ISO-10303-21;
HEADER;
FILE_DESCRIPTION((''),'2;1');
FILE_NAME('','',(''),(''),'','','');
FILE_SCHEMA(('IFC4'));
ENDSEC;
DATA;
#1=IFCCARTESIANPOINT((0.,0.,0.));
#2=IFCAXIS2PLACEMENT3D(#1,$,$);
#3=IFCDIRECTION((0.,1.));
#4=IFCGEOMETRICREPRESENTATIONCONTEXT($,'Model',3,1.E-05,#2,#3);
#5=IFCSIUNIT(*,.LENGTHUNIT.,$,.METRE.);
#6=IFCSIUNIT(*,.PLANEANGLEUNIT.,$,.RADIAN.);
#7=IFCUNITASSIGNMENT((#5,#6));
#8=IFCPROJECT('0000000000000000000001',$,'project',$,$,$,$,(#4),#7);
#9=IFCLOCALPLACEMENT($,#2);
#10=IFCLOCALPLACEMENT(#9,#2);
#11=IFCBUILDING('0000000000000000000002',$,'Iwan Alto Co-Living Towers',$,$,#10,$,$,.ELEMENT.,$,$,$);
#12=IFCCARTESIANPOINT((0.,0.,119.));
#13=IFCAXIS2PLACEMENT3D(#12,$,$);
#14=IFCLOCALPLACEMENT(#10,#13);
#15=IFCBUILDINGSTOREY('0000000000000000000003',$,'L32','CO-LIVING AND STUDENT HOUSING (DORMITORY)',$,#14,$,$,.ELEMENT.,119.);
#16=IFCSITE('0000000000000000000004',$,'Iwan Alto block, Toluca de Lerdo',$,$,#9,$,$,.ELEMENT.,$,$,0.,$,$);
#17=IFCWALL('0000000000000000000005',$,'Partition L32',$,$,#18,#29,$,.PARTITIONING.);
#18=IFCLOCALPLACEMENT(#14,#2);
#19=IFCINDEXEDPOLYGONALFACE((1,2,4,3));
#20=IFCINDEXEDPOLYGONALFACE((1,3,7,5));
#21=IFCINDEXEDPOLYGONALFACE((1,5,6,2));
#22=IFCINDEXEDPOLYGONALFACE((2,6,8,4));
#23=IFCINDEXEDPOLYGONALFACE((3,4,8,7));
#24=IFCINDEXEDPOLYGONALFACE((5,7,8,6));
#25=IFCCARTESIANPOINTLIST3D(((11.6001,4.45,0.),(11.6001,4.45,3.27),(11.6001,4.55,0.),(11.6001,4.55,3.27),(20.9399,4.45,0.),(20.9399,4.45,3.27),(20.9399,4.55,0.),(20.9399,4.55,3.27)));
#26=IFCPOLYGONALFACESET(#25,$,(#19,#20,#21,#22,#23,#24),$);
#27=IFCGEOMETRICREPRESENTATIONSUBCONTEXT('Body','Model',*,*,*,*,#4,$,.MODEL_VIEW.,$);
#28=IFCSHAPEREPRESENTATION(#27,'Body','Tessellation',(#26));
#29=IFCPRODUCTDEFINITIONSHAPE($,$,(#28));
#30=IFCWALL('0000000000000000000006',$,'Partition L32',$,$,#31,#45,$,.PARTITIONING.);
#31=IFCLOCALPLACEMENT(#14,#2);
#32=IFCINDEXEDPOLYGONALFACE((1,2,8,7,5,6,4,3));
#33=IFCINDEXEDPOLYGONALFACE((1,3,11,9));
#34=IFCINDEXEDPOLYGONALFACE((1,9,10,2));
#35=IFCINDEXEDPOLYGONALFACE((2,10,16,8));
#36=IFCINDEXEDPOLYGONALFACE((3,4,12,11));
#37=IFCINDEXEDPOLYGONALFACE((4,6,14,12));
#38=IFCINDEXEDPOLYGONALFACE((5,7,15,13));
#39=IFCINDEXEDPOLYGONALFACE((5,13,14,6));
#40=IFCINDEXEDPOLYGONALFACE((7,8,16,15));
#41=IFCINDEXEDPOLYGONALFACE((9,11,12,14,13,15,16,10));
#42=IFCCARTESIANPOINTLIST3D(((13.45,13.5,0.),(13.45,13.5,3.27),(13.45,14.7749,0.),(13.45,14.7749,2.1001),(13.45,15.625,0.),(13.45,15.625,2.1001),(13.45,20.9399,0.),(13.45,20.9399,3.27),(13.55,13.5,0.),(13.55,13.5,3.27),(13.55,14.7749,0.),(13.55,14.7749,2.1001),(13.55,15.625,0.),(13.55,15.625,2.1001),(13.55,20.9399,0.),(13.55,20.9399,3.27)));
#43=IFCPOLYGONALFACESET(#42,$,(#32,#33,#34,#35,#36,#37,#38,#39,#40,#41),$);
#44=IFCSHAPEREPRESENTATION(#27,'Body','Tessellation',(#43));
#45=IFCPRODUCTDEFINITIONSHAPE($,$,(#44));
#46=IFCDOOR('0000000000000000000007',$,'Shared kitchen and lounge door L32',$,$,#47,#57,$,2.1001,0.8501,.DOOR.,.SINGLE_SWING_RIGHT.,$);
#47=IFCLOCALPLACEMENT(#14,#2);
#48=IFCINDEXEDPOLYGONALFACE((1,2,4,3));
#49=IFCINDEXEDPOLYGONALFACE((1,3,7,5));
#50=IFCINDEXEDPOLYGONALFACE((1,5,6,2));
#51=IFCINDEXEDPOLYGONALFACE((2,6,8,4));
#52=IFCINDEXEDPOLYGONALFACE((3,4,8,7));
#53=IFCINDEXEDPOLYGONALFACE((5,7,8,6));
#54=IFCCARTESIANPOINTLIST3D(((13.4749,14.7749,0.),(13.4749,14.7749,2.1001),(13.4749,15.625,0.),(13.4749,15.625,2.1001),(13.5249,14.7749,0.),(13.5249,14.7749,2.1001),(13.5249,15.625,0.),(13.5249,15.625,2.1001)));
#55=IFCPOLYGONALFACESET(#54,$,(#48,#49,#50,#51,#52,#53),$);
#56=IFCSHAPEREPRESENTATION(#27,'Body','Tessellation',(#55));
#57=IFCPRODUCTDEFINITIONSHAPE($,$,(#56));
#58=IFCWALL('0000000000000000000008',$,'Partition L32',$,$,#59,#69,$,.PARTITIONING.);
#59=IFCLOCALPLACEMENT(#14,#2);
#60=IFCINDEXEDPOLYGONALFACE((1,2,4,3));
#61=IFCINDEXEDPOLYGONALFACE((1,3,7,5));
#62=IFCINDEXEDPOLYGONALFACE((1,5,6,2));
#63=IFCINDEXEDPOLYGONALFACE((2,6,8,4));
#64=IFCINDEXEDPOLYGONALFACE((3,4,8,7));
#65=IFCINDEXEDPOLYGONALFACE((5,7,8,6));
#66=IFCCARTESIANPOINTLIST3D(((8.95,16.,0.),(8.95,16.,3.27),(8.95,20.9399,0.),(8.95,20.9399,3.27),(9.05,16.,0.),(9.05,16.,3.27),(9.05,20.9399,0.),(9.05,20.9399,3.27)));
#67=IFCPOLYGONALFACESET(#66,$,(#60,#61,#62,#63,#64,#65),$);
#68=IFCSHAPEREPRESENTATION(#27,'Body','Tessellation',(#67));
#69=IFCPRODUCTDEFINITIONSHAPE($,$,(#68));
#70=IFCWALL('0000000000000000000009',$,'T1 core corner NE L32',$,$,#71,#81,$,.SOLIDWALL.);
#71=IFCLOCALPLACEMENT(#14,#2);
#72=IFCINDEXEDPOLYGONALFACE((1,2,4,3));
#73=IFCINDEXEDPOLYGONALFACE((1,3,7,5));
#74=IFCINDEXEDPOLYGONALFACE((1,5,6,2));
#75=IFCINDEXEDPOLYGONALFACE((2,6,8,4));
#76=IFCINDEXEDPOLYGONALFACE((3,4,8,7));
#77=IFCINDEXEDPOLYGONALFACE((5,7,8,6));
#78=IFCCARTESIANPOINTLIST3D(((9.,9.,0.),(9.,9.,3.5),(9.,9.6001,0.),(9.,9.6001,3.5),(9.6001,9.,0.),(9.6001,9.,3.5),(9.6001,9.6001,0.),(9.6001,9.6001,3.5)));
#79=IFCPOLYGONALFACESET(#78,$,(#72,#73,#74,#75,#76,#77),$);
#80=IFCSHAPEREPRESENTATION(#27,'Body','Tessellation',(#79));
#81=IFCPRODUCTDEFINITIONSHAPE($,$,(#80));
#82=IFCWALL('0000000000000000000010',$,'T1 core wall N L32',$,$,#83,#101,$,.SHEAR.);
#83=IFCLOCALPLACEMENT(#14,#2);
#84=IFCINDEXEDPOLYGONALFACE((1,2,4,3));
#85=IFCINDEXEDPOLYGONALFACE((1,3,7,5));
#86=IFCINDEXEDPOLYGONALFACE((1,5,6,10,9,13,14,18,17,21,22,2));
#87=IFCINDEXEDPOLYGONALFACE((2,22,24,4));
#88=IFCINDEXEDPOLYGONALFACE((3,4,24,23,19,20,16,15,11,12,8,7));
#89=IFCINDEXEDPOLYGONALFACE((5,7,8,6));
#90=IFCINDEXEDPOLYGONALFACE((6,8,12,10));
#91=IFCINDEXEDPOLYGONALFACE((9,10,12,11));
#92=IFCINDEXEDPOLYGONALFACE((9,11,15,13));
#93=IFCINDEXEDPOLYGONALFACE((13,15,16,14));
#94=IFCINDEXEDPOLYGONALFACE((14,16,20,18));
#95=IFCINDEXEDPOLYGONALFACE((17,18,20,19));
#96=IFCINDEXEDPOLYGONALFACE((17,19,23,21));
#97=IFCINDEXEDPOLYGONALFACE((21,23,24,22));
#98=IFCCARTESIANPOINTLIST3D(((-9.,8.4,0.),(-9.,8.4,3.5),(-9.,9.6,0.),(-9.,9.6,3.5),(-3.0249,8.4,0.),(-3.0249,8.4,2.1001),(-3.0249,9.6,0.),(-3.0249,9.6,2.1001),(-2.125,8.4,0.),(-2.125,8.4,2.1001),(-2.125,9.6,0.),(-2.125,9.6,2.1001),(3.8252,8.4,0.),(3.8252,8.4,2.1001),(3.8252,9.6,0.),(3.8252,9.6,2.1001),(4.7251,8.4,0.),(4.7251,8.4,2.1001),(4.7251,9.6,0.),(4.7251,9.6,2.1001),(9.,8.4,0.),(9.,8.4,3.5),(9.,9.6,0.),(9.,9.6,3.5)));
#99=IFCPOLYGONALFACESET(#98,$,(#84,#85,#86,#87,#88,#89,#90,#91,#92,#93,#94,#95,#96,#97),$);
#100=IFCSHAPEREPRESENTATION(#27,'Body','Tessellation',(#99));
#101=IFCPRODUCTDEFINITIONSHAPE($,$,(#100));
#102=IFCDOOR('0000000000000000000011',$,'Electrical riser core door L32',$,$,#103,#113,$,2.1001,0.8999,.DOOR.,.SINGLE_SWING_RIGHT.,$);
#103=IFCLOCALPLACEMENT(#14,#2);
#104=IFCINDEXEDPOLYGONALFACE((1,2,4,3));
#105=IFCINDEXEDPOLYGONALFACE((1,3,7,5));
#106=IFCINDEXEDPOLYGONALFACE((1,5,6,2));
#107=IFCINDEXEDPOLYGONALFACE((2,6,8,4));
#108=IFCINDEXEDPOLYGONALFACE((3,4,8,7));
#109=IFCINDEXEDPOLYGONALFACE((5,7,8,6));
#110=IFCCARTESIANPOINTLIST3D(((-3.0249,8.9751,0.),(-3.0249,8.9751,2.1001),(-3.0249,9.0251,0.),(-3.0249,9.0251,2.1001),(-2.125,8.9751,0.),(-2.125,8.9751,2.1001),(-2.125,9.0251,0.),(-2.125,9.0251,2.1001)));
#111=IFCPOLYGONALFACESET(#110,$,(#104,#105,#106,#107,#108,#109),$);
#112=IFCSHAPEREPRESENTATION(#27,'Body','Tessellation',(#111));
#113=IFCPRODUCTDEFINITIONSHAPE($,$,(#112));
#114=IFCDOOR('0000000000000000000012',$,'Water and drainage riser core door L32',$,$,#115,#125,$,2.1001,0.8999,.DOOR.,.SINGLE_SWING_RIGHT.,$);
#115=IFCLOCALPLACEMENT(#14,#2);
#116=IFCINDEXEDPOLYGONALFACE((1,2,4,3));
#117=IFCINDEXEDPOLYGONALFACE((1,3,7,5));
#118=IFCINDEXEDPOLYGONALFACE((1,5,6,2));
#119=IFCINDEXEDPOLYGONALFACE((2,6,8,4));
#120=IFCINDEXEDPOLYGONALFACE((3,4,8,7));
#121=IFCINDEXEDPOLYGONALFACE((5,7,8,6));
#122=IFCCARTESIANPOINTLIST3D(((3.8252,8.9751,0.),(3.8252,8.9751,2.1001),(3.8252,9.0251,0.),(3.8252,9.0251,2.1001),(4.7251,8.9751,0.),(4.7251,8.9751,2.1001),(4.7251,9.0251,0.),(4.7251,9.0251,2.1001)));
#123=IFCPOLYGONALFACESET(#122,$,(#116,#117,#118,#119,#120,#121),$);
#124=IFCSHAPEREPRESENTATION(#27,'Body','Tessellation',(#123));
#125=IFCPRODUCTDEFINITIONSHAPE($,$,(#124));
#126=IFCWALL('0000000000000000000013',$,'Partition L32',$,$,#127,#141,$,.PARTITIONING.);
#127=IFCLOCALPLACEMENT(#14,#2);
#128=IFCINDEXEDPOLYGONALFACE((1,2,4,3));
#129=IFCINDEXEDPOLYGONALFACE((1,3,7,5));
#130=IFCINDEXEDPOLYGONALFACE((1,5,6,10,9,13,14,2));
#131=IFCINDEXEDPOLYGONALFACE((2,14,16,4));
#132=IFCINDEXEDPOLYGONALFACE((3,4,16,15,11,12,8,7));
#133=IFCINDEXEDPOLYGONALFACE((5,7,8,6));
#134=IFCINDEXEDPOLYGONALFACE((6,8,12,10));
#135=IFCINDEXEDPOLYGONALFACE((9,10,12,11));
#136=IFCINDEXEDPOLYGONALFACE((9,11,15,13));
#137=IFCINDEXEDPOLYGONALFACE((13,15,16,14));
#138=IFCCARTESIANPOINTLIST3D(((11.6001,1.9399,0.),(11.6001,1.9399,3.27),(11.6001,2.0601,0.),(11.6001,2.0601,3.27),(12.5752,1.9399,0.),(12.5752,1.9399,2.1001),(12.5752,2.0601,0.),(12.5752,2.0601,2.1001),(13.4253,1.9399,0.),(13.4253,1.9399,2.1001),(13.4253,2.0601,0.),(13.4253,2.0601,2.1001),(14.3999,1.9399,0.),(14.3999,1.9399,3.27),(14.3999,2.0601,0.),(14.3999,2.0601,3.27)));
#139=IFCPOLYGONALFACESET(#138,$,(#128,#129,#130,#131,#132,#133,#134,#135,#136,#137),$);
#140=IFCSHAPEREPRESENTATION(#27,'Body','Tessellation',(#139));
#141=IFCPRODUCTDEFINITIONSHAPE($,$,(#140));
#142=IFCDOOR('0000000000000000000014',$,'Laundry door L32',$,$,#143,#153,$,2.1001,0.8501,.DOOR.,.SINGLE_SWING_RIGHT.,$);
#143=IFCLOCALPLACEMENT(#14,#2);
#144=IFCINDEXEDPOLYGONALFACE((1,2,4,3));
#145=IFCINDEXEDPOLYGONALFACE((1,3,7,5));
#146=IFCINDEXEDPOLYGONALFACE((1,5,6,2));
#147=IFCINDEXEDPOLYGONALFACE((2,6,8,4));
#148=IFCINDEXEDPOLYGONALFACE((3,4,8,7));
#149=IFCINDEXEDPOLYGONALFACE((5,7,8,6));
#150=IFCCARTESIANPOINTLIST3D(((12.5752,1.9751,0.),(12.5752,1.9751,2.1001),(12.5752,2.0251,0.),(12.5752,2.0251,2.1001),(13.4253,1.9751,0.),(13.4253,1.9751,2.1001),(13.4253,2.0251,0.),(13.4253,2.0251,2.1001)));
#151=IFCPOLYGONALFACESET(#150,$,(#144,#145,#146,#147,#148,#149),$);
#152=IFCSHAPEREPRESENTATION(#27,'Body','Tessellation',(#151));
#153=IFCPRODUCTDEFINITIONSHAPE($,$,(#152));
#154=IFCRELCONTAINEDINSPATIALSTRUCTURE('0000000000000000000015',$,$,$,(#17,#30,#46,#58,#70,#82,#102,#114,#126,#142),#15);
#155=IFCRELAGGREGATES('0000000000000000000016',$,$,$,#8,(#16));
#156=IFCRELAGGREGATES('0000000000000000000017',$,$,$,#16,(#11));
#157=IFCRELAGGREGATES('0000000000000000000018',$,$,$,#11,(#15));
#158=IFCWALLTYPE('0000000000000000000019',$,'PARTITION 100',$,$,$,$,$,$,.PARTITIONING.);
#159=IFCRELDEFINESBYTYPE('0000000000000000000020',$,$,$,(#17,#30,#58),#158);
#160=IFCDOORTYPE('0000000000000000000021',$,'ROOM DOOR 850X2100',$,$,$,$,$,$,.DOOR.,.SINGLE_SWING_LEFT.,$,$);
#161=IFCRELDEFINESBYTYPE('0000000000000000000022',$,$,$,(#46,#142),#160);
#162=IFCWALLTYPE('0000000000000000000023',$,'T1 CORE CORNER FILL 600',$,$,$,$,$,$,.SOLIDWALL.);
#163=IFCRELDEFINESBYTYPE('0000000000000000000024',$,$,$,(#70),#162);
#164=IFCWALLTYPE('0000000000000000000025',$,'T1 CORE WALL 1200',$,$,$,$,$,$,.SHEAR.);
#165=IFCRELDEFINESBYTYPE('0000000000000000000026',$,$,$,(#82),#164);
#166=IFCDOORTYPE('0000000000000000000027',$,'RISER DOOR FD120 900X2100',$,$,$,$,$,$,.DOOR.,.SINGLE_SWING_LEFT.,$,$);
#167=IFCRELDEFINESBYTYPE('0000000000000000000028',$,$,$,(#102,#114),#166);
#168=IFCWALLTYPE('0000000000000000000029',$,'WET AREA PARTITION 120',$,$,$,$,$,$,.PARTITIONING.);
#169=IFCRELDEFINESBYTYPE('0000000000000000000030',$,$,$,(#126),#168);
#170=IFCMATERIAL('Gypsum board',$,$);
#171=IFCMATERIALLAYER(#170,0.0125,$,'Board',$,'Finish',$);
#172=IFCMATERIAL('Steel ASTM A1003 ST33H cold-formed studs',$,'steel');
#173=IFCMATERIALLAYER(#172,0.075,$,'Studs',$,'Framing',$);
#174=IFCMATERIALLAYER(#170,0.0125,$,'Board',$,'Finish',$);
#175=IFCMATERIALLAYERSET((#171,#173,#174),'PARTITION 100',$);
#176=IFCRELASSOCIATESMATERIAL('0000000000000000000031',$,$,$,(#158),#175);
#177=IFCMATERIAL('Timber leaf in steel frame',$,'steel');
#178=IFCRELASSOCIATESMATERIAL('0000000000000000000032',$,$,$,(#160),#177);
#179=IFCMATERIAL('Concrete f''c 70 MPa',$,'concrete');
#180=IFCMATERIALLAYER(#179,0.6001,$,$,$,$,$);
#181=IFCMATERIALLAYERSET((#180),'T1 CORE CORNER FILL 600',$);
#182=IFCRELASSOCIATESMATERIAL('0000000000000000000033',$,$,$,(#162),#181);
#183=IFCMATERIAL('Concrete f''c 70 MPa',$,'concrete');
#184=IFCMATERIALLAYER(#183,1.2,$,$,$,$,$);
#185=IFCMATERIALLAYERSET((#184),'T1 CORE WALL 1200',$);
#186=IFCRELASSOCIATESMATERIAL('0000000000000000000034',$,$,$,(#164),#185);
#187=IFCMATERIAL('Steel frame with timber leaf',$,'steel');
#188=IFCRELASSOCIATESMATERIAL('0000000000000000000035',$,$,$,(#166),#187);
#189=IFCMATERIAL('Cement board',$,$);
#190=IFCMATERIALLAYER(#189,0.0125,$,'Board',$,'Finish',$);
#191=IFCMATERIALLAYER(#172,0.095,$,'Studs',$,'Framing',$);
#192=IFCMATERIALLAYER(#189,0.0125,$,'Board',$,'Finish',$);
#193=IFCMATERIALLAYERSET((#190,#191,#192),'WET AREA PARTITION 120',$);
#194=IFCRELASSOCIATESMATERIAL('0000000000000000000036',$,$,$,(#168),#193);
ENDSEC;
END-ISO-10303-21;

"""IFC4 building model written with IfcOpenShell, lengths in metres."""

from ifc_helpers import new_model, si_unit, direction, frame, frame_2d, origin, place, context, subcontext, project, spatial, rectangle, extrude, material, layer, layer_set, type_object, element, fill, save


model = new_model("IFC4")

# Units and contexts
model_context = context("Model", 3, precision=1e-05, world=origin(), true_north=direction((0.0, 1.0)))
body_context = subcontext(model_context, "Body", "Model", "MODEL_VIEW")
ifc_project = project(units=[si_unit("LENGTHUNIT", "METRE"), si_unit("PLANEANGLEUNIT", "RADIAN")], contexts=[model_context])

# Site, building, storey
site_placement = place(None, origin())
site = spatial("IfcSite", under=ifc_project, at=site_placement, Name="Iwan Alto block, Toluca de Lerdo", CompositionType="ELEMENT", RefElevation=0.0)
building_placement = place(site_placement, origin())
building = spatial("IfcBuilding", under=site, at=building_placement, Name="Iwan Alto Co-Living Towers", CompositionType="ELEMENT")
storey_placement = place(building_placement, frame((0.0, 0.0, 119.0)))
storey = spatial("IfcBuildingStorey", under=building, at=storey_placement, Name="L32", Description="CO-LIVING AND STUDENT HOUSING (DORMITORY)", CompositionType="ELEMENT", Elevation=119.0)

# Shared definitions
ifc_material_1 = material(Name="Gypsum board")
ifc_material_2 = material(Name="Steel ASTM A1003 ST33H cold-formed studs", Category="steel")

# Wall
ifc_layer_1 = layer(ifc_material_1, 0.0125, Name="Board", Category="Finish")
ifc_layer_2 = layer(ifc_material_2, 0.075, Name="Studs", Category="Framing")
ifc_layer_3 = layer(ifc_material_1, 0.0125, Name="Board", Category="Finish")
ifc_layer_set_1 = layer_set([ifc_layer_1, ifc_layer_2, ifc_layer_3], Name="PARTITION 100")
wall_type_1 = type_object("IfcWallType", Name="PARTITION 100", PredefinedType="PARTITIONING", material=ifc_layer_set_1)
wall_1_placement = place(storey_placement, frame((11.6001, 4.5, 0.0), z_axis=(0.0, 0.0, 1.0), x_axis=(1.0, 0.0, 0.0)))
element("IfcWall", 1, at=wall_1_placement, inside=storey, type_object=wall_type_1, Name="Partition L32", PredefinedType="PARTITIONING", context=body_context, shape_type="SweptSolid", body=[
    extrude(rectangle(XDim=9.3398, YDim=0.1001, at=frame_2d((4.6699, 0.0))), origin(), (0.0, 0.0, 1.0), 3.27),
])

# Wall, opening, door
wall_2_placement = place(storey_placement, frame((13.5, 13.5, 0.0), z_axis=(0.0, 0.0, 1.0), x_axis=(0.0, 1.0, 0.0)))
wall_2 = element("IfcWall", 2, at=wall_2_placement, inside=storey, type_object=wall_type_1, Name="Partition L32", PredefinedType="PARTITIONING", context=body_context, shape_type="SweptSolid", body=[
    extrude(rectangle(XDim=7.4399, YDim=0.1001, at=frame_2d((3.72, 0.0))), origin(), (0.0, 0.0, 1.0), 3.27),
])
opening_1_placement = place(wall_2_placement, frame((1.2749, 0.0, 0.0)))
opening_1 = element("IfcOpeningElement", 3, at=opening_1_placement, cuts=wall_2, PredefinedType="OPENING", context=body_context, shape_type="SweptSolid", body=[
    extrude(rectangle(XDim=0.8501, YDim=2.1001, at=frame_2d((0.425, 1.05))), frame((0.0, 0.0601, 0.0), z_axis=(0.0, -1.0, 0.0), x_axis=(1.0, 0.0, 0.0)), (0.0, 0.0, 1.0), 0.1201),
])
ifc_material_3 = material(Name="Timber leaf in steel frame", Category="steel")
door_type_1 = type_object("IfcDoorType", Name="ROOM DOOR 850X2100", OperationType="SINGLE_SWING_LEFT", PredefinedType="DOOR", material=ifc_material_3)
door_1_placement = place(opening_1_placement, frame((0.8501, 0.0, 0.0), z_axis=(0.0, 0.0, 1.0), x_axis=(-1.0, 0.0, 0.0)))
door_1 = element("IfcDoor", 4, at=door_1_placement, inside=storey, type_object=door_type_1, Name="Shared kitchen and lounge door L32", OperationType="SINGLE_SWING_RIGHT", OverallHeight=2.1001, OverallWidth=0.8501, PredefinedType="DOOR", context=body_context, shape_type="SweptSolid", body=[
    extrude(rectangle(XDim=0.8501, YDim=2.1001, at=frame_2d((0.425, 1.05))), frame((0.0, 0.0249, 0.0), z_axis=(0.0, -1.0, 0.0), x_axis=(1.0, 0.0, 0.0)), (0.0, 0.0, 1.0), 0.05),
])
fill(opening_1, door_1)

# Walls
wall_3_placement = place(storey_placement, frame((9.0, 16.0, 0.0), z_axis=(0.0, 0.0, 1.0), x_axis=(0.0, 1.0, 0.0)))
element("IfcWall", 5, at=wall_3_placement, inside=storey, type_object=wall_type_1, Name="Partition L32", PredefinedType="PARTITIONING", context=body_context, shape_type="SweptSolid", body=[
    extrude(rectangle(XDim=4.9399, YDim=0.1001, at=frame_2d((2.47, 0.0))), origin(), (0.0, 0.0, 1.0), 3.27),
])
ifc_material_4 = material(Name="Concrete f'c 70 MPa", Category="concrete")
ifc_layer_4 = layer(ifc_material_4, 0.6001)
ifc_layer_set_2 = layer_set([ifc_layer_4], Name="T1 CORE CORNER FILL 600")
wall_type_2 = type_object("IfcWallType", Name="T1 CORE CORNER FILL 600", PredefinedType="SOLIDWALL", material=ifc_layer_set_2)
wall_4_placement = place(storey_placement, frame((9.0, 9.3, 0.0), z_axis=(0.0, 0.0, 1.0), x_axis=(1.0, 0.0, 0.0)))
element("IfcWall", 6, at=wall_4_placement, inside=storey, type_object=wall_type_2, Name="T1 core corner NE L32", PredefinedType="SOLIDWALL", context=body_context, shape_type="SweptSolid", body=[
    extrude(rectangle(XDim=0.6001, YDim=0.6001, at=frame_2d((0.3, 0.0))), origin(), (0.0, 0.0, 1.0), 3.5),
])

# Wall, openings, doors
ifc_material_5 = material(Name="Concrete f'c 70 MPa", Category="concrete")
ifc_layer_5 = layer(ifc_material_5, 1.2)
ifc_layer_set_3 = layer_set([ifc_layer_5], Name="T1 CORE WALL 1200")
wall_type_3 = type_object("IfcWallType", Name="T1 CORE WALL 1200", PredefinedType="SHEAR", material=ifc_layer_set_3)
wall_5_placement = place(storey_placement, frame((9.0, 9.0, 0.0), z_axis=(0.0, 0.0, 1.0), x_axis=(-1.0, 0.0, 0.0)))
wall_5 = element("IfcWall", 7, at=wall_5_placement, inside=storey, type_object=wall_type_3, Name="T1 core wall N L32", PredefinedType="SHEAR", context=body_context, shape_type="SweptSolid", body=[
    extrude(rectangle(XDim=18.0, YDim=1.2, at=frame_2d((9.0, 0.0))), origin(), (0.0, 0.0, 1.0), 3.5),
])
opening_2_placement = place(wall_5_placement, frame((11.125, 0.0, 0.0)))
opening_2 = element("IfcOpeningElement", 8, at=opening_2_placement, cuts=wall_5, PredefinedType="OPENING", context=body_context, shape_type="SweptSolid", body=[
    extrude(rectangle(XDim=0.8999, YDim=2.1001, at=frame_2d((0.45, 1.05))), frame((0.0, 0.6099, 0.0), z_axis=(0.0, -1.0, 0.0), x_axis=(1.0, 0.0, 0.0)), (0.0, 0.0, 1.0), 1.22),
])
opening_3_placement = place(wall_5_placement, frame((4.2749, 0.0, 0.0)))
opening_3 = element("IfcOpeningElement", 9, at=opening_3_placement, cuts=wall_5, PredefinedType="OPENING", context=body_context, shape_type="SweptSolid", body=[
    extrude(rectangle(XDim=0.8999, YDim=2.1001, at=frame_2d((0.45, 1.05))), frame((0.0, 0.6099, 0.0), z_axis=(0.0, -1.0, 0.0), x_axis=(1.0, 0.0, 0.0)), (0.0, 0.0, 1.0), 1.22),
])
ifc_material_6 = material(Name="Steel frame with timber leaf", Category="steel")
door_type_2 = type_object("IfcDoorType", Name="RISER DOOR FD120 900X2100", OperationType="SINGLE_SWING_LEFT", PredefinedType="DOOR", material=ifc_material_6)
door_2_placement = place(opening_2_placement, origin())
door_2 = element("IfcDoor", 10, at=door_2_placement, inside=storey, type_object=door_type_2, Name="Electrical riser core door L32", OperationType="SINGLE_SWING_RIGHT", OverallHeight=2.1001, OverallWidth=0.8999, PredefinedType="DOOR", context=body_context, shape_type="SweptSolid", body=[
    extrude(rectangle(XDim=0.8999, YDim=2.1001, at=frame_2d((0.45, 1.05))), frame((0.0, 0.0249, 0.0), z_axis=(0.0, -1.0, 0.0), x_axis=(1.0, 0.0, 0.0)), (0.0, 0.0, 1.0), 0.05),
])
fill(opening_2, door_2)
door_3_placement = place(opening_3_placement, origin())
door_3 = element("IfcDoor", 11, at=door_3_placement, inside=storey, type_object=door_type_2, Name="Water and drainage riser core door L32", OperationType="SINGLE_SWING_RIGHT", OverallHeight=2.1001, OverallWidth=0.8999, PredefinedType="DOOR", context=body_context, shape_type="SweptSolid", body=[
    extrude(rectangle(XDim=0.8999, YDim=2.1001, at=frame_2d((0.45, 1.05))), frame((0.0, 0.0249, 0.0), z_axis=(0.0, -1.0, 0.0), x_axis=(1.0, 0.0, 0.0)), (0.0, 0.0, 1.0), 0.05),
])
fill(opening_3, door_3)

# Wall, opening, door
ifc_material_7 = material(Name="Cement board")
ifc_layer_6 = layer(ifc_material_7, 0.0125, Name="Board", Category="Finish")
ifc_layer_7 = layer(ifc_material_2, 0.095, Name="Studs", Category="Framing")
ifc_layer_8 = layer(ifc_material_7, 0.0125, Name="Board", Category="Finish")
ifc_layer_set_4 = layer_set([ifc_layer_6, ifc_layer_7, ifc_layer_8], Name="WET AREA PARTITION 120")
wall_type_4 = type_object("IfcWallType", Name="WET AREA PARTITION 120", PredefinedType="PARTITIONING", material=ifc_layer_set_4)
wall_6_placement = place(storey_placement, frame((11.6001, 2.0, 0.0), z_axis=(0.0, 0.0, 1.0), x_axis=(1.0, 0.0, 0.0)))
wall_6 = element("IfcWall", 12, at=wall_6_placement, inside=storey, type_object=wall_type_4, Name="Partition L32", PredefinedType="PARTITIONING", context=body_context, shape_type="SweptSolid", body=[
    extrude(rectangle(XDim=2.7998, YDim=0.1201, at=frame_2d((1.3999, 0.0))), origin(), (0.0, 0.0, 1.0), 3.27),
])
opening_4_placement = place(wall_6_placement, frame((0.9751, 0.0, 0.0)))
opening_4 = element("IfcOpeningElement", 13, at=opening_4_placement, cuts=wall_6, PredefinedType="OPENING", context=body_context, shape_type="SweptSolid", body=[
    extrude(rectangle(XDim=0.8501, YDim=2.1001, at=frame_2d((0.425, 1.05))), frame((0.0, 0.0701, 0.0), z_axis=(0.0, -1.0, 0.0), x_axis=(1.0, 0.0, 0.0)), (0.0, 0.0, 1.0), 0.1401),
])
door_4_placement = place(opening_4_placement, frame((0.8501, 0.0, 0.0), z_axis=(0.0, 0.0, 1.0), x_axis=(-1.0, 0.0, 0.0)))
door_4 = element("IfcDoor", 14, at=door_4_placement, inside=storey, type_object=door_type_1, Name="Laundry door L32", OperationType="SINGLE_SWING_RIGHT", OverallHeight=2.1001, OverallWidth=0.8501, PredefinedType="DOOR", context=body_context, shape_type="SweptSolid", body=[
    extrude(rectangle(XDim=0.8501, YDim=2.1001, at=frame_2d((0.425, 1.05))), frame((0.0, 0.0249, 0.0), z_axis=(0.0, -1.0, 0.0), x_axis=(1.0, 0.0, 0.0)), (0.0, 0.0, 1.0), 0.05),
])
fill(opening_4, door_4)

save(model, "model.ifc")
